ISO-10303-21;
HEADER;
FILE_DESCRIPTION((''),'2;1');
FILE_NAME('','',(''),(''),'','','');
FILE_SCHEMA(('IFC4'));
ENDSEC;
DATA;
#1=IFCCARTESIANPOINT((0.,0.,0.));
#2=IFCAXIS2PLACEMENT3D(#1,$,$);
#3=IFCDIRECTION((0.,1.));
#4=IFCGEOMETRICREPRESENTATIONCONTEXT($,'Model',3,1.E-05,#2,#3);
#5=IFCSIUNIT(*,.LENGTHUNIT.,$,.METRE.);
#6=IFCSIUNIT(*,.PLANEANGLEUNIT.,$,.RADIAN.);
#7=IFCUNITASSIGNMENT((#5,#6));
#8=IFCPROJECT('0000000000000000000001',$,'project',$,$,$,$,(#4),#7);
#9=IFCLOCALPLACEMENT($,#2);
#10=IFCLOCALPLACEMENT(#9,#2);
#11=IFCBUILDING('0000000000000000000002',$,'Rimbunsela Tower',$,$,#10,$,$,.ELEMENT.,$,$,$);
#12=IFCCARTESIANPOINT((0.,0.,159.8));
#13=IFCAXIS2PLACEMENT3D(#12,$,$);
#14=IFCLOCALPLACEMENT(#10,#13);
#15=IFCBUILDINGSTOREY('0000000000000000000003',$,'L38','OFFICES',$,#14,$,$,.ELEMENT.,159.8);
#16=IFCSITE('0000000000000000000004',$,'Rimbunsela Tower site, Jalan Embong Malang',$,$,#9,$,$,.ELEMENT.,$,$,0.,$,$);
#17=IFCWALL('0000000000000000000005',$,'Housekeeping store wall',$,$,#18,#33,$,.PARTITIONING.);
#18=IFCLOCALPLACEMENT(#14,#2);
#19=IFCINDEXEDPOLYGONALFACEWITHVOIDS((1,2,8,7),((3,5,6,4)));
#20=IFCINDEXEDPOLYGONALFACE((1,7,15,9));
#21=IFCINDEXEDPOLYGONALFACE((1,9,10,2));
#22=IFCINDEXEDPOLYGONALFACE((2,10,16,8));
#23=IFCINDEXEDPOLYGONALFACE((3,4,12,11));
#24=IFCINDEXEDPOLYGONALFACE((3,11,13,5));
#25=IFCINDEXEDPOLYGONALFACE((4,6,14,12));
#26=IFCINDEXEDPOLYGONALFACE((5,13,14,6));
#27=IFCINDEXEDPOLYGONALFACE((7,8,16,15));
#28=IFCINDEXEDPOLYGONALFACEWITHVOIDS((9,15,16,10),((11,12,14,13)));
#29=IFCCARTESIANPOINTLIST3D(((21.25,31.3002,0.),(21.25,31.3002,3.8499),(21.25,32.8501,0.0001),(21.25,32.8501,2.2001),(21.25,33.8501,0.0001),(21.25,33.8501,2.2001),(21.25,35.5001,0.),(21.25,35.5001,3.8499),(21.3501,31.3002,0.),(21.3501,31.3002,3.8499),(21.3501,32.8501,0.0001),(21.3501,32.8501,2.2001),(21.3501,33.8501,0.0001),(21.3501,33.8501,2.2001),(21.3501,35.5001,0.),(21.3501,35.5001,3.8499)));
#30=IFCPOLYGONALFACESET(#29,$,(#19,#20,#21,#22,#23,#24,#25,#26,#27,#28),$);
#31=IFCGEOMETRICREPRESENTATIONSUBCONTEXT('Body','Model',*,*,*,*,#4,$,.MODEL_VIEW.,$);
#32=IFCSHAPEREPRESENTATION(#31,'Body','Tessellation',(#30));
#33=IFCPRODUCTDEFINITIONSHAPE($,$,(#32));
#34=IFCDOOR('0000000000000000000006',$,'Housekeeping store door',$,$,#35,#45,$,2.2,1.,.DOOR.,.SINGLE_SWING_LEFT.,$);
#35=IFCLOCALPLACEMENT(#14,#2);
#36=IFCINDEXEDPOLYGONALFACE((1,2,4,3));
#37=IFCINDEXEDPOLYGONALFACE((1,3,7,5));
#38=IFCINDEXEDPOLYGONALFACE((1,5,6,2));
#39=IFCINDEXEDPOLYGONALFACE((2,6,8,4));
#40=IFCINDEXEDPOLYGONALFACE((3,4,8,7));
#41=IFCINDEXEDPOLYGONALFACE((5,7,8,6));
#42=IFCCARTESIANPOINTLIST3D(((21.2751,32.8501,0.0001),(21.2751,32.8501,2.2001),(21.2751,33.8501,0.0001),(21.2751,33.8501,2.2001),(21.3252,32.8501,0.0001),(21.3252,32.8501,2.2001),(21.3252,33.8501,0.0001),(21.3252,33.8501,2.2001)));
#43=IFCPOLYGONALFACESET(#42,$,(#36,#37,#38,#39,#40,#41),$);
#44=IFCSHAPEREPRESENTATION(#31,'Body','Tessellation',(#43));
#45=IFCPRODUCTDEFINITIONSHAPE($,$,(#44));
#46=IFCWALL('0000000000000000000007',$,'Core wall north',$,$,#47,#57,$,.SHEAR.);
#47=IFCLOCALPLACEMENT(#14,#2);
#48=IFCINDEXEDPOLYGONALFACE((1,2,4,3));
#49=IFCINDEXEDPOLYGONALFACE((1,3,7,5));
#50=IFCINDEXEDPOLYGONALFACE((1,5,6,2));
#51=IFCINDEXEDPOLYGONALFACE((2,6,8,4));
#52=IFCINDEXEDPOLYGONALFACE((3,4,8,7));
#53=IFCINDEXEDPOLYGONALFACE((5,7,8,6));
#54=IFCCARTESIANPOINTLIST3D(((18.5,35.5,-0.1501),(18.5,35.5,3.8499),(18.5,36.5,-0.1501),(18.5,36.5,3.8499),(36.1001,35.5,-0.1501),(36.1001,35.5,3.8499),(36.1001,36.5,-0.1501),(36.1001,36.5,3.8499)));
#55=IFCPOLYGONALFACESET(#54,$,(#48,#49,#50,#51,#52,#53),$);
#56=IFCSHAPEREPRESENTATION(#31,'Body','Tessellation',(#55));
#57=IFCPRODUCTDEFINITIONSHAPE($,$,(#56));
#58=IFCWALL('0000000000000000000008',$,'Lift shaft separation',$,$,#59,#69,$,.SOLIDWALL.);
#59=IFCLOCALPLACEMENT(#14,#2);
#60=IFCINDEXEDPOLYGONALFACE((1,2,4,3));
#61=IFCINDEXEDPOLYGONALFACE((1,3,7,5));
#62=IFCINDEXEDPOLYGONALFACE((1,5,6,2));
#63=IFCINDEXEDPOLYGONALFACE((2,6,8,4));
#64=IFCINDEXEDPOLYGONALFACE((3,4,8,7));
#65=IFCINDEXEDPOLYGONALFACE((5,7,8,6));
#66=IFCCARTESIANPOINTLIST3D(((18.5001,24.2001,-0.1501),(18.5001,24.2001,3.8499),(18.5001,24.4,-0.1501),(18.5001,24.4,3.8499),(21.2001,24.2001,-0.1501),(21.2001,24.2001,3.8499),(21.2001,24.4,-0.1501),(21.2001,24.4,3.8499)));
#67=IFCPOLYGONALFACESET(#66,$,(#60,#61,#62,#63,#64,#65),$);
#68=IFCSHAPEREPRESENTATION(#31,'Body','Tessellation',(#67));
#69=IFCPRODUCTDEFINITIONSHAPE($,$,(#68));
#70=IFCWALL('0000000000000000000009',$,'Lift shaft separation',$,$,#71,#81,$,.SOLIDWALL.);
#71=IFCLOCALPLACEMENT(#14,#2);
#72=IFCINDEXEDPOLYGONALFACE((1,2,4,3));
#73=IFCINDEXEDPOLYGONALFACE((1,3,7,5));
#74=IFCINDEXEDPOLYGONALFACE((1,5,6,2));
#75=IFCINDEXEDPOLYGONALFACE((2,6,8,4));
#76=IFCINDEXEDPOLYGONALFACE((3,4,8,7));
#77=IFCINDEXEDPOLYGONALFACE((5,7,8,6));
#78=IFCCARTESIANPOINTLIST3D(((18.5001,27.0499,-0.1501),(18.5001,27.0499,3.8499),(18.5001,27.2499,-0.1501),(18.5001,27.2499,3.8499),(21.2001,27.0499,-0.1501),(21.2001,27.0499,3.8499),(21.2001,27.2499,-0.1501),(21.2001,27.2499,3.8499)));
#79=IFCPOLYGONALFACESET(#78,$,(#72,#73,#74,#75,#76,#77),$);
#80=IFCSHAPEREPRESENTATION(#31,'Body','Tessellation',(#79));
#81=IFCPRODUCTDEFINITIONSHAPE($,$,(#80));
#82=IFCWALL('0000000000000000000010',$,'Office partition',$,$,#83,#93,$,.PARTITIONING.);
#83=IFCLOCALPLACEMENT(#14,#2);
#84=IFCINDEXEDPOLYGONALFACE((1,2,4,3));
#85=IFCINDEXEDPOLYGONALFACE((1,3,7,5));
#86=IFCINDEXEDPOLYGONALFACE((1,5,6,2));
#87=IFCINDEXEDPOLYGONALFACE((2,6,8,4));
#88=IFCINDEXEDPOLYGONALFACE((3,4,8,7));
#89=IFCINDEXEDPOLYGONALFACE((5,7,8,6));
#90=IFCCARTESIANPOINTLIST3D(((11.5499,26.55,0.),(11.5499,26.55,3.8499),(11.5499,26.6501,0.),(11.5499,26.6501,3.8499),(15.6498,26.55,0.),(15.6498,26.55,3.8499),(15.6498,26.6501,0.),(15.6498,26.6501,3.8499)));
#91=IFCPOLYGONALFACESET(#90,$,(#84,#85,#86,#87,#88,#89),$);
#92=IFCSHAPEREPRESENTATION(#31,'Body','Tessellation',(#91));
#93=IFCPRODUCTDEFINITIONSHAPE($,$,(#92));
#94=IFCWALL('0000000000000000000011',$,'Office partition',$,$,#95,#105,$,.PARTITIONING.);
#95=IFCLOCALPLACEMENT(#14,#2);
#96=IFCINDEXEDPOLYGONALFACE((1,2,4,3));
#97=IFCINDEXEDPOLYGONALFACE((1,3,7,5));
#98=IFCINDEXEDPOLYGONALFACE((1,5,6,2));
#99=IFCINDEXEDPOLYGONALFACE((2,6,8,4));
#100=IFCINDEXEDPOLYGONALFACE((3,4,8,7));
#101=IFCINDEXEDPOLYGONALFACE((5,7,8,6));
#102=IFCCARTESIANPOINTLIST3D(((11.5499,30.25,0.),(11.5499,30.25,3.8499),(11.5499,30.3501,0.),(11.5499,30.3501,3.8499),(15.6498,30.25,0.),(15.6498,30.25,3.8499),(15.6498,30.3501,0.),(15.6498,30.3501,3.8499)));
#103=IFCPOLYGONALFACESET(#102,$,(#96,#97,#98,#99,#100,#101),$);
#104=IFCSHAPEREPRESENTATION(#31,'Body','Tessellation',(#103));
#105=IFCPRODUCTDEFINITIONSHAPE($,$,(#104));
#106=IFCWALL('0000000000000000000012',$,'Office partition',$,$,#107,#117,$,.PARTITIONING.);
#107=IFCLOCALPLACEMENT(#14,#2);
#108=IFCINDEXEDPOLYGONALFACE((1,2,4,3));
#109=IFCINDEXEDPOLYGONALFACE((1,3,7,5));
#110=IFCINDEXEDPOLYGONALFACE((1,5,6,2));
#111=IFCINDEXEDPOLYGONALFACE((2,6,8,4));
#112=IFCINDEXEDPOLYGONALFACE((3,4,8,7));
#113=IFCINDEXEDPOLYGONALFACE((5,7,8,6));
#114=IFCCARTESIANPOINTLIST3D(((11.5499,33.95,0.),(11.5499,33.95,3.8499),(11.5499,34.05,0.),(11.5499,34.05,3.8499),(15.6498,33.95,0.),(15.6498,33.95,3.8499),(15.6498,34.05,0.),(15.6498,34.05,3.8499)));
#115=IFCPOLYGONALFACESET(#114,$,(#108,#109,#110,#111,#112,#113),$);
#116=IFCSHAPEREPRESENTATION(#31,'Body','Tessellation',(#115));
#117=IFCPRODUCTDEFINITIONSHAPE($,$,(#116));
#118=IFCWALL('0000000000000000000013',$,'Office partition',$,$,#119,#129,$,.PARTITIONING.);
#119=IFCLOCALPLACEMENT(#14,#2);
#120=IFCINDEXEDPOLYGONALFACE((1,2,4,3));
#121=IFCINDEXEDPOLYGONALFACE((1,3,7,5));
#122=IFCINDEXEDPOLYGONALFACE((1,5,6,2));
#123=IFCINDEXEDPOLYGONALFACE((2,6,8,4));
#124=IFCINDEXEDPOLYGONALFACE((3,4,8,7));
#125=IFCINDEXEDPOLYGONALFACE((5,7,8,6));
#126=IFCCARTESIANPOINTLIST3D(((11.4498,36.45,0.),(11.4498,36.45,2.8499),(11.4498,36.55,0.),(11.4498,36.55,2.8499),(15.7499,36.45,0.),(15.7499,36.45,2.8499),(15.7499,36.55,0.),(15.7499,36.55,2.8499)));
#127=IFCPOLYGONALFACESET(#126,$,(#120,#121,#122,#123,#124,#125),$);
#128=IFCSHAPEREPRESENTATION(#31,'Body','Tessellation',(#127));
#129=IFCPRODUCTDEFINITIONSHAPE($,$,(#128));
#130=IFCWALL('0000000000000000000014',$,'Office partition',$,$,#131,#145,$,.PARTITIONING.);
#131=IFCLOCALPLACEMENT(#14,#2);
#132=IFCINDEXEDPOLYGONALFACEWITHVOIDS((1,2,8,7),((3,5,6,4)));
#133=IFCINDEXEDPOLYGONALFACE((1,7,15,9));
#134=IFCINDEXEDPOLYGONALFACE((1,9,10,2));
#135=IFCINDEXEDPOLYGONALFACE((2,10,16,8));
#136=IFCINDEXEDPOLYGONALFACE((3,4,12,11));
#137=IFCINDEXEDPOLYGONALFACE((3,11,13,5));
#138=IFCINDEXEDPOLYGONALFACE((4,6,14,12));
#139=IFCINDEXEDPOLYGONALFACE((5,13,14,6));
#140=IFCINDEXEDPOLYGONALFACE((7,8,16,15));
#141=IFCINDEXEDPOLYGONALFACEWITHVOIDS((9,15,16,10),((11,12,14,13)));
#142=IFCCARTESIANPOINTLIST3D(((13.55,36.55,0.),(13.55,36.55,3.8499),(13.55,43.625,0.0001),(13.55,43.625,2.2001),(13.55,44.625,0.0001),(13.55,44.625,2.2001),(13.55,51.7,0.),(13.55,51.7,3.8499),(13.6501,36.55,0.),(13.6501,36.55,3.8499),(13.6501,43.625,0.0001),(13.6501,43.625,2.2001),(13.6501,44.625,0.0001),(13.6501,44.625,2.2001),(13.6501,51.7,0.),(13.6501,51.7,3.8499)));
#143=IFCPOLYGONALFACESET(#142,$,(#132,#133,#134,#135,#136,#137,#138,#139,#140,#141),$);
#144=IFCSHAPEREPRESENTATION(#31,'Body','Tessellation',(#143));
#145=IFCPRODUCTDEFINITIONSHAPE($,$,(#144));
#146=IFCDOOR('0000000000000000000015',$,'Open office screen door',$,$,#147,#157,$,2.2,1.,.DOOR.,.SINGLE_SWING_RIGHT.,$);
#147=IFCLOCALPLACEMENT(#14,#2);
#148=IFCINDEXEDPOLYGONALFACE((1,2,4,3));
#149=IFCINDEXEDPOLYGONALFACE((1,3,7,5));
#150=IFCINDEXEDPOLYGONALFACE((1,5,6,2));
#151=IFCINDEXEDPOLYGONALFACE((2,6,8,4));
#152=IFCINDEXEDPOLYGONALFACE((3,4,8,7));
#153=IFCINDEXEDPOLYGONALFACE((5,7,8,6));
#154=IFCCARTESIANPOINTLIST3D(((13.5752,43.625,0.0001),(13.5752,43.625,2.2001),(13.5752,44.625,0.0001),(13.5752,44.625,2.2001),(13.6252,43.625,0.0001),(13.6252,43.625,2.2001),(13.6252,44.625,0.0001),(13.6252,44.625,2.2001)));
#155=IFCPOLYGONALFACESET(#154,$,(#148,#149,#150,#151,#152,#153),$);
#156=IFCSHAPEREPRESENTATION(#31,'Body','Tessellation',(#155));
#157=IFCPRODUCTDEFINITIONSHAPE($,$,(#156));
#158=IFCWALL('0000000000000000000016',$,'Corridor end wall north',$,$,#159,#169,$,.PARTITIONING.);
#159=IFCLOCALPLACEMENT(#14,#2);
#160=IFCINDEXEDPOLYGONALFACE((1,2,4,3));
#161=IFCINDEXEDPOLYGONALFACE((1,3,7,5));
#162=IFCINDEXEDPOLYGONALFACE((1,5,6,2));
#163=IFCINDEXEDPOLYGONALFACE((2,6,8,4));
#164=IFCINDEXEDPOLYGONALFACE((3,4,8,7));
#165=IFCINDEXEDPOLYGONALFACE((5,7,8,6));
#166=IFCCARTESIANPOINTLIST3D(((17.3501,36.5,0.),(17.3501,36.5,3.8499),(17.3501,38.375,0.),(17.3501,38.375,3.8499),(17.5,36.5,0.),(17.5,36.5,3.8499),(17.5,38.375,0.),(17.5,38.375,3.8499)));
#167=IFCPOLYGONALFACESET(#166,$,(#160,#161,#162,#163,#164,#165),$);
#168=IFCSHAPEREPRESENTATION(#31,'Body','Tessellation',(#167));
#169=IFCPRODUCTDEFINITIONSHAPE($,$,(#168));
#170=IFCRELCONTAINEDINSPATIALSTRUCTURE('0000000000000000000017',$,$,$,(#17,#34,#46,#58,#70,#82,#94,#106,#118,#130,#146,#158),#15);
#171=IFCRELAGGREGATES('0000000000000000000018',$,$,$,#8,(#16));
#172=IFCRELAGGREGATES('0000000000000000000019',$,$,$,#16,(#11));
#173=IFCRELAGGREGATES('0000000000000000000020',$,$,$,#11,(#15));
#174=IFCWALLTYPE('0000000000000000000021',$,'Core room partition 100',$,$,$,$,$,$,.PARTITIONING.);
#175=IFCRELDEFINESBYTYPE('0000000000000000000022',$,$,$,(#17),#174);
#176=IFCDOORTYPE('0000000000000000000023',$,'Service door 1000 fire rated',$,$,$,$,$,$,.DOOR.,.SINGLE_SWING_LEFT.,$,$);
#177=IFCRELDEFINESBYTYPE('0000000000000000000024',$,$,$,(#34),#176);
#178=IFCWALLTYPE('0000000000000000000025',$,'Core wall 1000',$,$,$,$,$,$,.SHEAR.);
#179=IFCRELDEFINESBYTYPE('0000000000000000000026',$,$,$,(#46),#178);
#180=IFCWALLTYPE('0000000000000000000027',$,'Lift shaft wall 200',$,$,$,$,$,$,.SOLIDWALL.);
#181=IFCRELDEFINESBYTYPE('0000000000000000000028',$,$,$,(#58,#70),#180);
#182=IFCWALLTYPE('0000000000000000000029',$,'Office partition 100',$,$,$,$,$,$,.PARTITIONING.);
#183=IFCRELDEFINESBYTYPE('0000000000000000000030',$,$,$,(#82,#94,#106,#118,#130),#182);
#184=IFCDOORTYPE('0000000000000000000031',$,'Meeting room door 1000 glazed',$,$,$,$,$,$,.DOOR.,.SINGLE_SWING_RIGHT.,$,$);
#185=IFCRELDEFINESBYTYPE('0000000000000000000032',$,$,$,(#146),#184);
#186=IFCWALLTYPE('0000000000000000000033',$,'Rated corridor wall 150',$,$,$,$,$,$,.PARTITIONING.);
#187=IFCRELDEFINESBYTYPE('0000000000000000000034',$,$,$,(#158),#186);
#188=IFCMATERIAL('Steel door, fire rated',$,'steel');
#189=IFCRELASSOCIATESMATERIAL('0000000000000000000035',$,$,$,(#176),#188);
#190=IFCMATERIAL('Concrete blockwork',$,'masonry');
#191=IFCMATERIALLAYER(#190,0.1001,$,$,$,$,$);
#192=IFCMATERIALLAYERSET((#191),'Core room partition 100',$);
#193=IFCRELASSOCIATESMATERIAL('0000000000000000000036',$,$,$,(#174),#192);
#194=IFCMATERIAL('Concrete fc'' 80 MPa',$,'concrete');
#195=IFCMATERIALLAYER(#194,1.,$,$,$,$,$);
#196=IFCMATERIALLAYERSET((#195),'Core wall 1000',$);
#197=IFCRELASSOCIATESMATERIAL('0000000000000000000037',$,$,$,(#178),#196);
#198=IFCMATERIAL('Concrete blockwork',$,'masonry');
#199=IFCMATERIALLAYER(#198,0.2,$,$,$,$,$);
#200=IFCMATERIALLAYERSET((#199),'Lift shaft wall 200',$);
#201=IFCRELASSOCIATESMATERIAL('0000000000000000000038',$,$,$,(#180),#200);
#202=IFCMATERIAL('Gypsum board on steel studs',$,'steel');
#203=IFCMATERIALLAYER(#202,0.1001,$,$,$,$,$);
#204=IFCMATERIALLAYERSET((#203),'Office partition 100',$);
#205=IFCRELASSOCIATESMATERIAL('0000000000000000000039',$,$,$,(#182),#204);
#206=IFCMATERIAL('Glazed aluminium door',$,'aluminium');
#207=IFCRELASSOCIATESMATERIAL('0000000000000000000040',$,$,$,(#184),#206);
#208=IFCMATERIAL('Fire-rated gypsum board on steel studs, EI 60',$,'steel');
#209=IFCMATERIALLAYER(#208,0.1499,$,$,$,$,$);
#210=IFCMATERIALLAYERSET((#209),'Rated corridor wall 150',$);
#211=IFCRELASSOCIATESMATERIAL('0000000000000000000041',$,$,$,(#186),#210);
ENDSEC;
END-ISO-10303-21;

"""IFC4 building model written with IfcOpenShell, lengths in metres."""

from ifc_helpers import new_model, si_unit, direction, frame, frame_2d, origin, place, context, subcontext, project, spatial, rectangle, extrude, material, layer, layer_set, type_object, element, fill, save


model = new_model("IFC4")

# Units and contexts
model_context = context("Model", 3, precision=1e-05, world=origin(), true_north=direction((0.0, 1.0)))
body_context = subcontext(model_context, "Body", "Model", "MODEL_VIEW")
ifc_project = project(units=[si_unit("LENGTHUNIT", "METRE"), si_unit("PLANEANGLEUNIT", "RADIAN")], contexts=[model_context])

# Site, building, storey
site_placement = place(None, origin())
site = spatial("IfcSite", under=ifc_project, at=site_placement, Name="Rimbunsela Tower site, Jalan Embong Malang", CompositionType="ELEMENT", RefElevation=0.0)
building_placement = place(site_placement, origin())
building = spatial("IfcBuilding", under=site, at=building_placement, Name="Rimbunsela Tower", CompositionType="ELEMENT")
storey_placement = place(building_placement, frame((0.0, 0.0, 159.8)))
storey = spatial("IfcBuildingStorey", under=building, at=storey_placement, Name="L38", Description="OFFICES", CompositionType="ELEMENT", Elevation=159.8)

# Shared definitions
ifc_material_1 = material(Name="Steel door, fire rated", Category="steel")
door_type_1 = type_object("IfcDoorType", Name="Service door 1000 fire rated", OperationType="SINGLE_SWING_LEFT", PredefinedType="DOOR", material=ifc_material_1)

# Wall, opening, door
ifc_material_2 = material(Name="Concrete blockwork", Category="masonry")
ifc_layer_1 = layer(ifc_material_2, 0.1001)
ifc_layer_set_1 = layer_set([ifc_layer_1], Name="Core room partition 100")
wall_type_1 = type_object("IfcWallType", Name="Core room partition 100", PredefinedType="PARTITIONING", material=ifc_layer_set_1)
wall_1_placement = place(storey_placement, frame((21.3, 31.3, 0.0), z_axis=(0.0, 0.0, 1.0), x_axis=(0.0, 1.0, 0.0)))
wall_1 = element("IfcWall", 1, at=wall_1_placement, inside=storey, type_object=wall_type_1, Name="Housekeeping store wall", PredefinedType="PARTITIONING", context=body_context, shape_type="SweptSolid", body=[
    extrude(rectangle(XDim=4.2, YDim=0.1001, at=frame_2d((2.1001, 0.0))), origin(), (0.0, 0.0, 1.0), 3.8499),
])
opening_1_placement = place(wall_1_placement, frame((1.55, 0.0, 0.0)))
opening_1 = element("IfcOpeningElement", 2, at=opening_1_placement, cuts=wall_1, PredefinedType="OPENING", context=body_context, shape_type="SweptSolid", body=[
    extrude(rectangle(XDim=1.0, YDim=2.2, at=frame_2d((0.5, 1.1001))), frame((0.0, 0.0601, 0.0), z_axis=(0.0, -1.0, 0.0), x_axis=(1.0, 0.0, 0.0)), (0.0, 0.0, 1.0), 0.1201),
])
door_1_placement = place(opening_1_placement, origin())
door_1 = element("IfcDoor", 3, at=door_1_placement, inside=storey, type_object=door_type_1, Name="Housekeeping store door", OperationType="SINGLE_SWING_LEFT", OverallHeight=2.2, OverallWidth=1.0, PredefinedType="DOOR", context=body_context, shape_type="SweptSolid", body=[
    extrude(rectangle(XDim=1.0, YDim=2.2, at=frame_2d((0.5, 1.1001))), frame((0.0, 0.0249, 0.0), z_axis=(0.0, -1.0, 0.0), x_axis=(1.0, 0.0, 0.0)), (0.0, 0.0, 1.0), 0.05),
])
fill(opening_1, door_1)

# Walls
ifc_material_3 = material(Name="Concrete fc' 80 MPa", Category="concrete")
ifc_layer_2 = layer(ifc_material_3, 1.0)
ifc_layer_set_2 = layer_set([ifc_layer_2], Name="Core wall 1000")
wall_type_2 = type_object("IfcWallType", Name="Core wall 1000", PredefinedType="SHEAR", material=ifc_layer_set_2)
wall_2_placement = place(storey_placement, frame((18.5, 36.0, -0.1501), z_axis=(0.0, 0.0, 1.0), x_axis=(1.0, 0.0, 0.0)))
element("IfcWall", 4, at=wall_2_placement, inside=storey, type_object=wall_type_2, Name="Core wall north", PredefinedType="SHEAR", context=body_context, shape_type="SweptSolid", body=[
    extrude(rectangle(XDim=17.6001, YDim=1.0, at=frame_2d((8.8, 0.0))), origin(), (0.0, 0.0, 1.0), 4.0),
])
ifc_material_4 = material(Name="Concrete blockwork", Category="masonry")
ifc_layer_3 = layer(ifc_material_4, 0.2)
ifc_layer_set_3 = layer_set([ifc_layer_3], Name="Lift shaft wall 200")
wall_type_3 = type_object("IfcWallType", Name="Lift shaft wall 200", PredefinedType="SOLIDWALL", material=ifc_layer_set_3)
for number, where, z_axis, x_axis, name in (
    (5, (18.5, 24.3, -0.1501), (0.0, 0.0, 1.0), (1.0, 0.0, 0.0), "Lift shaft separation"),
    (6, (18.5, 27.1499, -0.1501), (0.0, 0.0, 1.0), (1.0, 0.0, 0.0), "Lift shaft separation"),
):
    element("IfcWall", number, at=place(storey_placement, frame(where, z_axis=z_axis, x_axis=x_axis)), inside=storey, type_object=wall_type_3, Name=name, PredefinedType="SOLIDWALL", context=body_context, shape_type="SweptSolid", body=[
        extrude(rectangle(XDim=2.7, YDim=0.2, at=frame_2d((1.3501, 0.0))), origin(), (0.0, 0.0, 1.0), 4.0),
    ])
ifc_material_5 = material(Name="Gypsum board on steel studs", Category="steel")
ifc_layer_4 = layer(ifc_material_5, 0.1001)
ifc_layer_set_4 = layer_set([ifc_layer_4], Name="Office partition 100")
wall_type_4 = type_object("IfcWallType", Name="Office partition 100", PredefinedType="PARTITIONING", material=ifc_layer_set_4)
for number, where, z_axis, x_axis, name in (
    (7, (11.55, 26.6001, 0.0), (0.0, 0.0, 1.0), (1.0, 0.0, 0.0), "Office partition"),
    (8, (11.55, 30.3, 0.0), (0.0, 0.0, 1.0), (1.0, 0.0, 0.0), "Office partition"),
    (9, (11.55, 34.0, 0.0), (0.0, 0.0, 1.0), (1.0, 0.0, 0.0), "Office partition"),
):
    element("IfcWall", number, at=place(storey_placement, frame(where, z_axis=z_axis, x_axis=x_axis)), inside=storey, type_object=wall_type_4, Name=name, PredefinedType="PARTITIONING", context=body_context, shape_type="SweptSolid", body=[
        extrude(rectangle(XDim=4.0999, YDim=0.1001, at=frame_2d((2.0498, 0.0))), origin(), (0.0, 0.0, 1.0), 3.8499),
    ])
wall_3_placement = place(storey_placement, frame((11.45, 36.5, 0.0), z_axis=(0.0, 0.0, 1.0), x_axis=(1.0, 0.0, 0.0)))
element("IfcWall", 10, at=wall_3_placement, inside=storey, type_object=wall_type_4, Name="Office partition", PredefinedType="PARTITIONING", context=body_context, shape_type="SweptSolid", body=[
    extrude(rectangle(XDim=4.3, YDim=0.1001, at=frame_2d((2.1499, 0.0))), origin(), (0.0, 0.0, 1.0), 2.8499),
])

# Wall, opening, door
wall_4_placement = place(storey_placement, frame((13.6001, 36.55, 0.0), z_axis=(0.0, 0.0, 1.0), x_axis=(0.0, 1.0, 0.0)))
wall_4 = element("IfcWall", 11, at=wall_4_placement, inside=storey, type_object=wall_type_4, Name="Office partition", PredefinedType="PARTITIONING", context=body_context, shape_type="SweptSolid", body=[
    extrude(rectangle(XDim=15.1499, YDim=0.1001, at=frame_2d((7.575, 0.0))), origin(), (0.0, 0.0, 1.0), 3.8499),
])
opening_2_placement = place(wall_4_placement, frame((7.075, 0.0, 0.0)))
opening_2 = element("IfcOpeningElement", 12, at=opening_2_placement, cuts=wall_4, PredefinedType="OPENING", context=body_context, shape_type="SweptSolid", body=[
    extrude(rectangle(XDim=1.0, YDim=2.2, at=frame_2d((0.5, 1.1001))), frame((0.0, 0.0601, 0.0), z_axis=(0.0, -1.0, 0.0), x_axis=(1.0, 0.0, 0.0)), (0.0, 0.0, 1.0), 0.1201),
])
ifc_material_6 = material(Name="Glazed aluminium door", Category="aluminium")
door_type_2 = type_object("IfcDoorType", Name="Meeting room door 1000 glazed", OperationType="SINGLE_SWING_RIGHT", PredefinedType="DOOR", material=ifc_material_6)
door_2_placement = place(opening_2_placement, origin())
door_2 = element("IfcDoor", 13, at=door_2_placement, inside=storey, type_object=door_type_2, Name="Open office screen door", OperationType="SINGLE_SWING_RIGHT", OverallHeight=2.2, OverallWidth=1.0, PredefinedType="DOOR", context=body_context, shape_type="SweptSolid", body=[
    extrude(rectangle(XDim=1.0, YDim=2.2, at=frame_2d((0.5, 1.1001))), frame((0.0, 0.0249, 0.0), z_axis=(0.0, -1.0, 0.0), x_axis=(1.0, 0.0, 0.0)), (0.0, 0.0, 1.0), 0.05),
])
fill(opening_2, door_2)

# Wall
ifc_material_7 = material(Name="Fire-rated gypsum board on steel studs, EI 60", Category="steel")
ifc_layer_5 = layer(ifc_material_7, 0.1499)
ifc_layer_set_5 = layer_set([ifc_layer_5], Name="Rated corridor wall 150")
wall_type_5 = type_object("IfcWallType", Name="Rated corridor wall 150", PredefinedType="PARTITIONING", material=ifc_layer_set_5)
wall_5_placement = place(storey_placement, frame((17.425, 36.5, 0.0), z_axis=(0.0, 0.0, 1.0), x_axis=(0.0, 1.0, 0.0)))
element("IfcWall", 14, at=wall_5_placement, inside=storey, type_object=wall_type_5, Name="Corridor end wall north", PredefinedType="PARTITIONING", context=body_context, shape_type="SweptSolid", body=[
    extrude(rectangle(XDim=1.875, YDim=0.1499, at=frame_2d((0.9375, 0.0))), origin(), (0.0, 0.0, 1.0), 3.8499),
])

save(model, "model.ifc")
